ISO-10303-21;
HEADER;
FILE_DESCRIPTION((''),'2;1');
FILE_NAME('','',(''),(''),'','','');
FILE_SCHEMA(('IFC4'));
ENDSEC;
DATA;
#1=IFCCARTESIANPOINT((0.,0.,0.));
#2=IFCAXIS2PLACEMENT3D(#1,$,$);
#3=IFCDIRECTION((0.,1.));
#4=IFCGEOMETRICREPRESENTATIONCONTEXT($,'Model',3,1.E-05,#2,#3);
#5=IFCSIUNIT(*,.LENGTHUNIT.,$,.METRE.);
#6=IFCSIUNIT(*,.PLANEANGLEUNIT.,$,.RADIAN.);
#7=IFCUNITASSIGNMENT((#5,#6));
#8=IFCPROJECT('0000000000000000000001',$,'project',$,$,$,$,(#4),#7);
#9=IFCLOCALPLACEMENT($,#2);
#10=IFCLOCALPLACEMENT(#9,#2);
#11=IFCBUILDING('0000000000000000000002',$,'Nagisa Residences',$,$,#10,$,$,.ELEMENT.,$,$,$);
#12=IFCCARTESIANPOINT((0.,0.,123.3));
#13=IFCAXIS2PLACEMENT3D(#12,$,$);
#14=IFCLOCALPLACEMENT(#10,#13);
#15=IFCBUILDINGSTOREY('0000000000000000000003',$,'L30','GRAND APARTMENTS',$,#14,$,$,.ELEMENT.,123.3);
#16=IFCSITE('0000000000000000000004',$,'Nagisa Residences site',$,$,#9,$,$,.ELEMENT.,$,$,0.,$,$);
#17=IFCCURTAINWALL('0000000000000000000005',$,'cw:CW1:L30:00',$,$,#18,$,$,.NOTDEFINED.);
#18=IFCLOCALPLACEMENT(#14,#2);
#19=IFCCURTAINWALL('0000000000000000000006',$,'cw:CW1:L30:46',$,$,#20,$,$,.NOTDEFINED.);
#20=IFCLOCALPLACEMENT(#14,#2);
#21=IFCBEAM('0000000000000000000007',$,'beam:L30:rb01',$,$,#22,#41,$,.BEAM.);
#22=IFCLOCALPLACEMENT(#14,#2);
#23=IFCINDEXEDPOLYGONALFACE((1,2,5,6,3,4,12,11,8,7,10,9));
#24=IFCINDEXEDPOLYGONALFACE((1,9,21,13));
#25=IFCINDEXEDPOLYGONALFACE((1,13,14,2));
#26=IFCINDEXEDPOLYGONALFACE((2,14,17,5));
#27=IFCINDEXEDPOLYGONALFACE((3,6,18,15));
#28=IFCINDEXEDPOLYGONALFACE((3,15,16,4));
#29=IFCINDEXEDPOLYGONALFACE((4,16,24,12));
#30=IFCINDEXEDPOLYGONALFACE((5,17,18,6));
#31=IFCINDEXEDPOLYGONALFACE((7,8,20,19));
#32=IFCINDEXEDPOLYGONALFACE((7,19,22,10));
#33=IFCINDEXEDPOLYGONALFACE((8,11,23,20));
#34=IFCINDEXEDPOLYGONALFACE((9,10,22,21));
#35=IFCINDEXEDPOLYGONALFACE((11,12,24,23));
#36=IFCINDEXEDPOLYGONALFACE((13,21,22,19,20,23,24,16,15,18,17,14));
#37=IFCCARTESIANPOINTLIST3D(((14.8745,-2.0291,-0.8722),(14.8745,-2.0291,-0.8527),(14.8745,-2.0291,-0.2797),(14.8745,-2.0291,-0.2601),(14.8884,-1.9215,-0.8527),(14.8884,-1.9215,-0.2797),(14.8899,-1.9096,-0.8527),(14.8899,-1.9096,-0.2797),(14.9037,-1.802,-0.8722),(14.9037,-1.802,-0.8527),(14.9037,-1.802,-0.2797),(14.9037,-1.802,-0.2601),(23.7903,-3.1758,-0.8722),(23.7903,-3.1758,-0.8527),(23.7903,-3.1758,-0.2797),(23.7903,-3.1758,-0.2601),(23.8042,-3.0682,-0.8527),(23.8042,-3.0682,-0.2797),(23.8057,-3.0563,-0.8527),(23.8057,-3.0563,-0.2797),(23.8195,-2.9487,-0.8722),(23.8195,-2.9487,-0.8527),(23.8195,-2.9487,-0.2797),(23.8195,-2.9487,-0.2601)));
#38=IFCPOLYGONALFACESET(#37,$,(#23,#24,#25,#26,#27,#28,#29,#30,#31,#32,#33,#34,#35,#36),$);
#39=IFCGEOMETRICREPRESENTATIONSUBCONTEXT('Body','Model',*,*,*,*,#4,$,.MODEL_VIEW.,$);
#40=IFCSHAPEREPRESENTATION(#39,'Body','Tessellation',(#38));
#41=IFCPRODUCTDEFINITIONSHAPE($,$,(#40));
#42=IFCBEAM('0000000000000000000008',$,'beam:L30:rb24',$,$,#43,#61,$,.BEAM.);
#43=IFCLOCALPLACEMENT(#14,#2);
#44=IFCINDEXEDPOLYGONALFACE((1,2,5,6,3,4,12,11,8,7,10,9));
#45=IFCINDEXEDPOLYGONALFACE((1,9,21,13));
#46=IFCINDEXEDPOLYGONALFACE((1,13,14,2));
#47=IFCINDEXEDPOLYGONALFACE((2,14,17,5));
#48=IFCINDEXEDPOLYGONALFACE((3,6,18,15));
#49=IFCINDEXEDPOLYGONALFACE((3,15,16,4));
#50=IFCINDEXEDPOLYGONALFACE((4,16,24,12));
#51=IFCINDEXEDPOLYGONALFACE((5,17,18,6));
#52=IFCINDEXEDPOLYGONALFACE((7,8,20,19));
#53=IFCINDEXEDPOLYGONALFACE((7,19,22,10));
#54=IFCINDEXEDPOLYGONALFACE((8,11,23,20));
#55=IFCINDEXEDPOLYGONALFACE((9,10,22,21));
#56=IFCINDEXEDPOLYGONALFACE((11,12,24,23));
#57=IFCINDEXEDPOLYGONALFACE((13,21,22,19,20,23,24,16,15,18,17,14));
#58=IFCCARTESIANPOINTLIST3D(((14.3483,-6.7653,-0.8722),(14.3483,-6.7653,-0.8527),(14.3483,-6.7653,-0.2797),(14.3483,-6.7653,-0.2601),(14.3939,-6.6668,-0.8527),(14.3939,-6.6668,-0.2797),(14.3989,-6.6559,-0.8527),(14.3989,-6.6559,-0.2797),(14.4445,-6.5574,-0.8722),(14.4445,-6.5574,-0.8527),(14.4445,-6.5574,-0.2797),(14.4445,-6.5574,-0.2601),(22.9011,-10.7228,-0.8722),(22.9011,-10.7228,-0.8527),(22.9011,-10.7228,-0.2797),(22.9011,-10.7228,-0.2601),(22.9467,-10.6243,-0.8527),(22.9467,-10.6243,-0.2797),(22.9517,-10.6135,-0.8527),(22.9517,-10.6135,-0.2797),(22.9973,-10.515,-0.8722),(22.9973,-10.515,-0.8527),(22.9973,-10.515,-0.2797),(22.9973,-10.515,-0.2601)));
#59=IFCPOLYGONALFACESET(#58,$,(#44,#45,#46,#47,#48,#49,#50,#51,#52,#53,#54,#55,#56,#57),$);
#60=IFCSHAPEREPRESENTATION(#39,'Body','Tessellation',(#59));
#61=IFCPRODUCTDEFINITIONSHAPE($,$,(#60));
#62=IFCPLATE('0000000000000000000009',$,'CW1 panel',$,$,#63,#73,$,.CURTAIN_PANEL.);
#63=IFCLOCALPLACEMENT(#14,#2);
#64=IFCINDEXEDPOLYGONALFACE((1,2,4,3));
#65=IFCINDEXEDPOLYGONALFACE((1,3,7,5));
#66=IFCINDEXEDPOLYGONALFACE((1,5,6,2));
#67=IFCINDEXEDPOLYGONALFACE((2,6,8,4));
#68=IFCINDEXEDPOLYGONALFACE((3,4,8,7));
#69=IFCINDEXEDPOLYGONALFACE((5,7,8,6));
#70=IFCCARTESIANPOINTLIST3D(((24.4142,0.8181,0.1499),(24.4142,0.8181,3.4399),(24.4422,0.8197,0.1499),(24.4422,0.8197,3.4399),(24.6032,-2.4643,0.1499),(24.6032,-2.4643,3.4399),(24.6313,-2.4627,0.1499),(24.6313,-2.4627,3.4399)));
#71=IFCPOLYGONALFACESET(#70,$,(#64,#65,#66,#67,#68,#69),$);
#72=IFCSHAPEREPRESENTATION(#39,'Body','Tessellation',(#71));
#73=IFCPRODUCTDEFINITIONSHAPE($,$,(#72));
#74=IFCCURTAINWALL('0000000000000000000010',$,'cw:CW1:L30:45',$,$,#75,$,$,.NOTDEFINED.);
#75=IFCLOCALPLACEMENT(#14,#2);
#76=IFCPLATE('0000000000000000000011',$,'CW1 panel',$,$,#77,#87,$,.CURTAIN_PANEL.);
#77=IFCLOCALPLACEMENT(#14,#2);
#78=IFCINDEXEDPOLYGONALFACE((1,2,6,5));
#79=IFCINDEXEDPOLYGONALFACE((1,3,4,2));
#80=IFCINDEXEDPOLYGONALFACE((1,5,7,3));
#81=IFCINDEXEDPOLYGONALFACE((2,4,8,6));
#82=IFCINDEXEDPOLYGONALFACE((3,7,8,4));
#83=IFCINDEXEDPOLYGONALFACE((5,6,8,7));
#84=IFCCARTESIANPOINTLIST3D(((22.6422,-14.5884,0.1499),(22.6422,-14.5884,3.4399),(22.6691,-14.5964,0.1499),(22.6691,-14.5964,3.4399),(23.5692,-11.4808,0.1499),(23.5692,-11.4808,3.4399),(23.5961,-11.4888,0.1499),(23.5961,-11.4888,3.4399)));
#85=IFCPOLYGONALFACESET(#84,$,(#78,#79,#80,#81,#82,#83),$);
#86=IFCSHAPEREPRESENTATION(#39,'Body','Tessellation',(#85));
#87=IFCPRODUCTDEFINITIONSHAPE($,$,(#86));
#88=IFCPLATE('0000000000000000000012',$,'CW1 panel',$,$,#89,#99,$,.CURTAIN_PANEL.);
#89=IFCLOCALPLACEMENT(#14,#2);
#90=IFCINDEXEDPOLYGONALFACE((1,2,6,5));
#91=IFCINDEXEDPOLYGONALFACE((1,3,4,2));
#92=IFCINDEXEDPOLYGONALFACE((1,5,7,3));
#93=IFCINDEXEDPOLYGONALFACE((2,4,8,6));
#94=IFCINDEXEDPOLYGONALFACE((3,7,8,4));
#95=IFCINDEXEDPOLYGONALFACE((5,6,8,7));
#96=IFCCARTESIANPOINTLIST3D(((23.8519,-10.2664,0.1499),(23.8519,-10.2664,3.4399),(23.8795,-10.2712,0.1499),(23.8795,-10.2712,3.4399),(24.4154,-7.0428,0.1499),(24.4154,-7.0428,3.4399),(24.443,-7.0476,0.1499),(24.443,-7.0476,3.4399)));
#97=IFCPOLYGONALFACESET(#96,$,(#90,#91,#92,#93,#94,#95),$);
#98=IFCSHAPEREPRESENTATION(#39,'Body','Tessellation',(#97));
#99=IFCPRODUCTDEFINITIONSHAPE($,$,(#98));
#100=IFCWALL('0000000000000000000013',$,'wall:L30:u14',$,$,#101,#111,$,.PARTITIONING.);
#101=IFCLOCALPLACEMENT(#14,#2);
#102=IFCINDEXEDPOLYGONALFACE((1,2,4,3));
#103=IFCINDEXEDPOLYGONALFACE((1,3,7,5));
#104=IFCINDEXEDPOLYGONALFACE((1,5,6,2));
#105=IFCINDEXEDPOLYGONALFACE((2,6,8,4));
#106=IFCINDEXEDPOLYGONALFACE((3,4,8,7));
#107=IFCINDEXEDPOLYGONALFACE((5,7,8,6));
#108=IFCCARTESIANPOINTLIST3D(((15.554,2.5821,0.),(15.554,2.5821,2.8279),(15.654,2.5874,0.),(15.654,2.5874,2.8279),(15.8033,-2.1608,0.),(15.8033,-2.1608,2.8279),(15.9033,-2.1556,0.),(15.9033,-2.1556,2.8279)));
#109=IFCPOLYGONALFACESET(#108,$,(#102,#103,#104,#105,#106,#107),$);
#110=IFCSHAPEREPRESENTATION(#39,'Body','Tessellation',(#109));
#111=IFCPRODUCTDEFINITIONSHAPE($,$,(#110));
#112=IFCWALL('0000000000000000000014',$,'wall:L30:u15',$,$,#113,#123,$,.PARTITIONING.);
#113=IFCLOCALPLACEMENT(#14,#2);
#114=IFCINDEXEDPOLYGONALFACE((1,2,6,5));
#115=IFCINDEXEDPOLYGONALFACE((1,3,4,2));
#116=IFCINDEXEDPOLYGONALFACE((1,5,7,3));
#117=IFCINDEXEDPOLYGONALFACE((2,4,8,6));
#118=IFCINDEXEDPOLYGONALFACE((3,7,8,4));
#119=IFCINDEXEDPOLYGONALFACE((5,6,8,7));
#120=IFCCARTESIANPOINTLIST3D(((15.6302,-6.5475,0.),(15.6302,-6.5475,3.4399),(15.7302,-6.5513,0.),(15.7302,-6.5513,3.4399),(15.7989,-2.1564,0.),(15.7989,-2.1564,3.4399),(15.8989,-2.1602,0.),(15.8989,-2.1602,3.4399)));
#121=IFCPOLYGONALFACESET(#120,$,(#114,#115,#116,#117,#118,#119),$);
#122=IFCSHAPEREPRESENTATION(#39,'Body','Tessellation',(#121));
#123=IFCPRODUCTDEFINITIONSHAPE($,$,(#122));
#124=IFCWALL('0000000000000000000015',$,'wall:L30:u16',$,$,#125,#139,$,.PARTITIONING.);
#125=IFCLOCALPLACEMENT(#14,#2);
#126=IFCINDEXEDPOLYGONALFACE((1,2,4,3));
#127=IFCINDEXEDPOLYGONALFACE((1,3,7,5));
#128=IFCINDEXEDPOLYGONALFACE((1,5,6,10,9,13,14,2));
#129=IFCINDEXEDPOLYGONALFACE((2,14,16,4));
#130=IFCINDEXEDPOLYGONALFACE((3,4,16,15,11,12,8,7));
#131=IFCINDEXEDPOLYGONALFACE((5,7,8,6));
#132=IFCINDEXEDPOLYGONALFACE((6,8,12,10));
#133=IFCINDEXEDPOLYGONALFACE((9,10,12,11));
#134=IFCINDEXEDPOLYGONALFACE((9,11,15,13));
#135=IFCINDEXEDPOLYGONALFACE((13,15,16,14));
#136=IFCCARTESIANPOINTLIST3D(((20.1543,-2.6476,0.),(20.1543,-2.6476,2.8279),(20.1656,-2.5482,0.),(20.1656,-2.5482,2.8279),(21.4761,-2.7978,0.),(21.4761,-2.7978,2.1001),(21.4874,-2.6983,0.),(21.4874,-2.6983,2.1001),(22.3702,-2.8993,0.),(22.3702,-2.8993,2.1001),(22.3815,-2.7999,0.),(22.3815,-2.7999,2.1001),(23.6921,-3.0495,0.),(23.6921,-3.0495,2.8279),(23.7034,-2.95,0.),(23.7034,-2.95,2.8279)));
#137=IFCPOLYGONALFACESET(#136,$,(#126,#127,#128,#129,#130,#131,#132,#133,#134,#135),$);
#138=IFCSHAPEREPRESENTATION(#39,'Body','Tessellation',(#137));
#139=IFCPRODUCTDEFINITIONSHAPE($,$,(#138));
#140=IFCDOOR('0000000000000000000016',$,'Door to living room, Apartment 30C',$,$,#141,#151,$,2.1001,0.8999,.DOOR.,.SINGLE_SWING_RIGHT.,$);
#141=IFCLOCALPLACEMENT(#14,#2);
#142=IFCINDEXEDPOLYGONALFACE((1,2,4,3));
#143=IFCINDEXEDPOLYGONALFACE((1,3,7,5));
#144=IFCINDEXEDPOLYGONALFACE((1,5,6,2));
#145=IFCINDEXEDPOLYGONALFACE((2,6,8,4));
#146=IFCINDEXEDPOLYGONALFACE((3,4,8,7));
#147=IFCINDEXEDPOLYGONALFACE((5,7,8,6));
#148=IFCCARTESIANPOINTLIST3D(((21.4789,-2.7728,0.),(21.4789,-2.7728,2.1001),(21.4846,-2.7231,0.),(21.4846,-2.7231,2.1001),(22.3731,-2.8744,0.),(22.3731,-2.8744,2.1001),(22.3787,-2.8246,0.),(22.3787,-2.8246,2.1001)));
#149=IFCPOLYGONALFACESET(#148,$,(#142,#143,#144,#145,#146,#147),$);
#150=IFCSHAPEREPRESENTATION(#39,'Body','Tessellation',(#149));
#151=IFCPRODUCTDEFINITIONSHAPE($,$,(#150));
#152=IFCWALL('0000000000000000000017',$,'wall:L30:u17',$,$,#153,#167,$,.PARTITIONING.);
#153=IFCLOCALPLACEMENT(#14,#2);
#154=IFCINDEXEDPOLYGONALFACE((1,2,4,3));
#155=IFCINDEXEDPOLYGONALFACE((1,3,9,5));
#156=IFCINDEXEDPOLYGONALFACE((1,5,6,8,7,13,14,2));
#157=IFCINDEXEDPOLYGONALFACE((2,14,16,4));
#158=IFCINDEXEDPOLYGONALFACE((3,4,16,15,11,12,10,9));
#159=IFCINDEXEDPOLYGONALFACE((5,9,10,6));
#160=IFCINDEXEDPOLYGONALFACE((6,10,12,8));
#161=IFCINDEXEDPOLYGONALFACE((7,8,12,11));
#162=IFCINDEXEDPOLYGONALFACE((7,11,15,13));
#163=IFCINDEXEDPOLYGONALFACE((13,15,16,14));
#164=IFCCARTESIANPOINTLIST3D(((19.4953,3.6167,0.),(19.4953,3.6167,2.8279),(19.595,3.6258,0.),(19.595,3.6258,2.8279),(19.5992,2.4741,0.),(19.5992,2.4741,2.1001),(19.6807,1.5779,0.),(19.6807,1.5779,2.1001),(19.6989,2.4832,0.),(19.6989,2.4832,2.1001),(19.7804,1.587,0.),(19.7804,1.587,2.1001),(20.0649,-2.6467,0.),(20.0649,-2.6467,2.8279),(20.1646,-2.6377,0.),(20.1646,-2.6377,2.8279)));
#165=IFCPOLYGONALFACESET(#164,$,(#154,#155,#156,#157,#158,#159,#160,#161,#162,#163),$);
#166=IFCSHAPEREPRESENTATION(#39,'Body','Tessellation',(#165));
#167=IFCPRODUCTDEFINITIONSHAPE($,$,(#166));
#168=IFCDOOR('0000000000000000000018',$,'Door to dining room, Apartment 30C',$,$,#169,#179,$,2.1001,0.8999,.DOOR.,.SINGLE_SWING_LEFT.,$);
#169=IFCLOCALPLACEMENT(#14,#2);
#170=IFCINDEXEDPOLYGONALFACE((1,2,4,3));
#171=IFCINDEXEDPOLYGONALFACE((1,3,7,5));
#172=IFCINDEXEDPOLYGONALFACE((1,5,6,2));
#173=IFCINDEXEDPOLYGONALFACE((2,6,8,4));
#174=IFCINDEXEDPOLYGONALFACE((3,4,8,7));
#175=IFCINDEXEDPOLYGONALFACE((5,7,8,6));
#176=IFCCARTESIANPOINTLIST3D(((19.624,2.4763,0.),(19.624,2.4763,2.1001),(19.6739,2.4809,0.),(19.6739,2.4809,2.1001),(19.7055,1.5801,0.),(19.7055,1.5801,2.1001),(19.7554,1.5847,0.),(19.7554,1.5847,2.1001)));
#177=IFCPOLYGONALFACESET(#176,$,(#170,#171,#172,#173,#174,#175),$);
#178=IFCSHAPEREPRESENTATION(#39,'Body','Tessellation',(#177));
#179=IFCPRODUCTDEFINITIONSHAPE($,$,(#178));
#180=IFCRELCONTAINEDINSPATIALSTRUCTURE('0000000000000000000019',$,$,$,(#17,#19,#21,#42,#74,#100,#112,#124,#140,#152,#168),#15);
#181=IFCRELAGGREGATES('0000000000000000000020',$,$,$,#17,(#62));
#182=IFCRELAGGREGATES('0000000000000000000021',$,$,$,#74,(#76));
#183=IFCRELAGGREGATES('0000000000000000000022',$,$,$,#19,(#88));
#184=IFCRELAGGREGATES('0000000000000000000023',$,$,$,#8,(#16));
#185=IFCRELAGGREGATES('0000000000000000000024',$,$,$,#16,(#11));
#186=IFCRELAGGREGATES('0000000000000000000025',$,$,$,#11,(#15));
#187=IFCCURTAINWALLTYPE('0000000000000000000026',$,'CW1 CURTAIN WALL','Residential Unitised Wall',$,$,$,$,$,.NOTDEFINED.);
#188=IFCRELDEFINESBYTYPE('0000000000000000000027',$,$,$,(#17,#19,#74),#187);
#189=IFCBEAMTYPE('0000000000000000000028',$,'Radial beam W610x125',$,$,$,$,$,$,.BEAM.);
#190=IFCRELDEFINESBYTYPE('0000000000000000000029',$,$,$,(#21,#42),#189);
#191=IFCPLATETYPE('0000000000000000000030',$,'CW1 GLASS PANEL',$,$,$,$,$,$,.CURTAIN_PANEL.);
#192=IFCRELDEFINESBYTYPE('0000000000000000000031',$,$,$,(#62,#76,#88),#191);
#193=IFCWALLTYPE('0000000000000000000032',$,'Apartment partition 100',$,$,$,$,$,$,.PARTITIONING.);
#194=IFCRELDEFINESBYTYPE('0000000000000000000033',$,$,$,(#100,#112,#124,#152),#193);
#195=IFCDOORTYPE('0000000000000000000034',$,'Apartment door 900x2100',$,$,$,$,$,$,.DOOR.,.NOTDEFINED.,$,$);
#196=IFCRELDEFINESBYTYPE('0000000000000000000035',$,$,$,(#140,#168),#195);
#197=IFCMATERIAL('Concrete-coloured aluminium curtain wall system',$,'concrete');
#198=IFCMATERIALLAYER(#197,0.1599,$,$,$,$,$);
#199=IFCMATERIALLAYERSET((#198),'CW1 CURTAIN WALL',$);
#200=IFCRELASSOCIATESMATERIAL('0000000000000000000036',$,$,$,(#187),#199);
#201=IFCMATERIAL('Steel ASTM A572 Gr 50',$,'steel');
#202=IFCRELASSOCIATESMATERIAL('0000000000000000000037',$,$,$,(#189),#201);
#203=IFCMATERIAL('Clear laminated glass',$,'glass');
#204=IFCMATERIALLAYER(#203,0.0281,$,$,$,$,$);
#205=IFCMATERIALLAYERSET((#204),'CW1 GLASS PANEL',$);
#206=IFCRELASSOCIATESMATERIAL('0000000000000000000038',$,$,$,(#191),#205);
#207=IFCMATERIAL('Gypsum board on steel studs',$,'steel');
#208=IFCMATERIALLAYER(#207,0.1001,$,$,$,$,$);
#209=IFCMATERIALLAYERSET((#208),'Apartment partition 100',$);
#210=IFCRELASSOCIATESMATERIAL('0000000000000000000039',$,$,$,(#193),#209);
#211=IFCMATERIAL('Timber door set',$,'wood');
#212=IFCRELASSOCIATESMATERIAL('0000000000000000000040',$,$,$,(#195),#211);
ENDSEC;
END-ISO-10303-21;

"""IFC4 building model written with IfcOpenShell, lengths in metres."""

from ifc_helpers import new_model, si_unit, direction, frame, frame_2d, origin, origin_2d, place, context, subcontext, project, spatial, rectangle, i_section, extrude, material, layer, layer_set, material_profile, profile_set, type_object, element, fill, aggregate, save


model = new_model("IFC4")

# Units and contexts
model_context = context("Model", 3, precision=1e-05, world=origin(), true_north=direction((0.0, 1.0)))
body_context = subcontext(model_context, "Body", "Model", "MODEL_VIEW")
ifc_project = project(units=[si_unit("LENGTHUNIT", "METRE"), si_unit("PLANEANGLEUNIT", "RADIAN")], contexts=[model_context])

# Site, building, storey
site_placement = place(None, origin())
site = spatial("IfcSite", under=ifc_project, at=site_placement, Name="Nagisa Residences site", CompositionType="ELEMENT", RefElevation=0.0)
building_placement = place(site_placement, origin())
building = spatial("IfcBuilding", under=site, at=building_placement, Name="Nagisa Residences", CompositionType="ELEMENT")
storey_placement = place(building_placement, frame((0.0, 0.0, 123.3)))
storey = spatial("IfcBuildingStorey", under=building, at=storey_placement, Name="L30", Description="GRAND APARTMENTS", CompositionType="ELEMENT", Elevation=123.3)

# Curtain walls
ifc_material_1 = material(Name="Concrete-coloured aluminium curtain wall system", Category="concrete")
ifc_layer_1 = layer(ifc_material_1, 0.1599)
ifc_layer_set_1 = layer_set([ifc_layer_1], Name="CW1 CURTAIN WALL")
curtain_wall_type = type_object("IfcCurtainWallType", Name="CW1 CURTAIN WALL", Description="Residential Unitised Wall", PredefinedType="NOTDEFINED", material=ifc_layer_set_1)
curtain_wall_1_placement = place(storey_placement, origin())
curtain_wall_1 = element("IfcCurtainWall", 1, at=curtain_wall_1_placement, inside=storey, type_object=curtain_wall_type, Name="cw:CW1:L30:00", PredefinedType="NOTDEFINED")
curtain_wall_2_placement = place(storey_placement, origin())
curtain_wall_2 = element("IfcCurtainWall", 2, at=curtain_wall_2_placement, inside=storey, type_object=curtain_wall_type, Name="cw:CW1:L30:46", PredefinedType="NOTDEFINED")

# Beams
ifc_material_2 = material(Name="Steel ASTM A572 Gr 50", Category="steel")
ifc_material_profile_1 = material_profile(ifc_material_2, i_section(OverallWidth=0.229, OverallDepth=0.6121, WebThickness=0.012, FlangeThickness=0.0195, at=origin_2d()), Name="W610x125")
ifc_profile_set_1 = profile_set([ifc_material_profile_1], Name="Steel ASTM A572 Gr 50")
beam_type_1 = type_object("IfcBeamType", Name="Radial beam W610x125", PredefinedType="BEAM", material=ifc_profile_set_1)
beam_1_placement = place(storey_placement, frame((23.8049, -3.0623, -0.5662), z_axis=(-0.99183, 0.127567, 0.0), x_axis=(-0.127567, -0.99183, 0.0)))
element("IfcBeam", 3, at=beam_1_placement, inside=storey, type_object=beam_type_1, Name="beam:L30:rb01", PredefinedType="BEAM", context=body_context, shape_type="SweptSolid", body=[
    extrude(i_section(OverallWidth=0.229, OverallDepth=0.6121, WebThickness=0.012, FlangeThickness=0.0195, at=origin_2d()), origin(), (0.0, 0.0, 1.0), 8.9893),
])
beam_2_placement = place(storey_placement, frame((22.9492, -10.6189, -0.5662), z_axis=(-0.907551, 0.419942, 0.0), x_axis=(-0.419942, -0.907551, 0.0)))
element("IfcBeam", 4, at=beam_2_placement, inside=storey, type_object=beam_type_1, Name="beam:L30:rb24", PredefinedType="BEAM", context=body_context, shape_type="SweptSolid", body=[
    extrude(i_section(OverallWidth=0.229, OverallDepth=0.6121, WebThickness=0.012, FlangeThickness=0.0195, at=origin_2d()), origin(), (0.0, 0.0, 1.0), 9.4241),
])

# Plate
ifc_material_3 = material(Name="Clear laminated glass", Category="glass")
ifc_layer_2 = layer(ifc_material_3, 0.0281)
ifc_layer_set_2 = layer_set([ifc_layer_2], Name="CW1 GLASS PANEL")
plate_type = type_object("IfcPlateType", Name="CW1 GLASS PANEL", PredefinedType="CURTAIN_PANEL", material=ifc_layer_set_2)
plate_1_placement = place(storey_placement, frame((24.5227, -0.8223, 0.1499), z_axis=(0.0, 0.0, 1.0), x_axis=(-0.057503, 0.998345, 0.0)))
plate_1 = element("IfcPlate", 5, at=plate_1_placement, type_object=plate_type, Name="CW1 panel", PredefinedType="CURTAIN_PANEL", context=body_context, shape_type="SweptSolid", body=[
    extrude(rectangle(XDim=3.2878, YDim=0.0281, at=origin_2d()), origin(), (0.0, 0.0, 1.0), 3.29),
])
aggregate(curtain_wall_1, [plate_1])

# Curtain wall, plate
curtain_wall_3_placement = place(storey_placement, origin())
curtain_wall_3 = element("IfcCurtainWall", 6, at=curtain_wall_3_placement, inside=storey, type_object=curtain_wall_type, Name="cw:CW1:L30:45", PredefinedType="NOTDEFINED")
plate_2_placement = place(storey_placement, frame((23.1191, -13.0386, 0.1499), z_axis=(0.0, 0.0, 1.0), x_axis=(0.28586, 0.958271, 0.0)))
plate_2 = element("IfcPlate", 7, at=plate_2_placement, type_object=plate_type, Name="CW1 panel", PredefinedType="CURTAIN_PANEL", context=body_context, shape_type="SweptSolid", body=[
    extrude(rectangle(XDim=3.2429, YDim=0.0281, at=origin_2d()), origin(), (0.0, 0.0, 1.0), 3.29),
])
aggregate(curtain_wall_3, [plate_2])

# Plate
plate_3_placement = place(storey_placement, frame((24.1475, -8.657, 0.1499), z_axis=(0.0, 0.0, 1.0), x_axis=(0.172191, 0.985064, 0.0)))
plate_3 = element("IfcPlate", 8, at=plate_3_placement, type_object=plate_type, Name="CW1 panel", PredefinedType="CURTAIN_PANEL", context=body_context, shape_type="SweptSolid", body=[
    extrude(rectangle(XDim=3.2725, YDim=0.0281, at=origin_2d()), origin(), (0.0, 0.0, 1.0), 3.29),
])
aggregate(curtain_wall_2, [plate_3])

# Walls
ifc_material_4 = material(Name="Gypsum board on steel studs", Category="steel")
ifc_layer_3 = layer(ifc_material_4, 0.1001)
ifc_layer_set_3 = layer_set([ifc_layer_3], Name="Apartment partition 100")
wall_type_1 = type_object("IfcWallType", Name="Apartment partition 100", PredefinedType="PARTITIONING", material=ifc_layer_set_3)
wall_1_placement = place(storey_placement, frame((15.8533, -2.1582, 0.0), z_axis=(0.0, 0.0, 1.0), x_axis=(-0.052483, 0.998622, 0.0)))
element("IfcWall", 9, at=wall_1_placement, inside=storey, type_object=wall_type_1, Name="wall:L30:u14", PredefinedType="PARTITIONING", context=body_context, shape_type="SweptSolid", body=[
    extrude(rectangle(XDim=4.7495, YDim=0.1001, at=frame_2d((2.3748, 0.0))), origin(), (0.0, 0.0, 1.0), 2.8279),
])
wall_2_placement = place(storey_placement, frame((15.8489, -2.1582, 0.0), z_axis=(0.0, 0.0, 1.0), x_axis=(-0.03839, -0.999263, 0.0)))
element("IfcWall", 10, at=wall_2_placement, inside=storey, type_object=wall_type_1, Name="wall:L30:u15", PredefinedType="PARTITIONING", context=body_context, shape_type="SweptSolid", body=[
    extrude(rectangle(XDim=4.3943, YDim=0.1001, at=frame_2d((2.1973, 0.0))), origin(), (0.0, 0.0, 1.0), 3.4399),
])

# Walls, openings, doors
wall_3_placement = place(storey_placement, frame((20.1599, -2.5979, 0.0), z_axis=(0.0, 0.0, 1.0), x_axis=(0.993611, -0.112862, 0.0)))
wall_3 = element("IfcWall", 11, at=wall_3_placement, inside=storey, type_object=wall_type_1, Name="wall:L30:u16", PredefinedType="PARTITIONING", context=body_context, shape_type="SweptSolid", body=[
    extrude(rectangle(XDim=3.5605, YDim=0.1001, at=frame_2d((1.7803, 0.0))), origin(), (0.0, 0.0, 1.0), 2.8279),
])
opening_1_placement = place(wall_3_placement, frame((1.3303, 0.0, 0.0)))
opening_1 = element("IfcOpeningElement", 12, at=opening_1_placement, cuts=wall_3, PredefinedType="OPENING", context=body_context, shape_type="SweptSolid", body=[
    extrude(rectangle(XDim=0.8999, YDim=2.1001, at=frame_2d((0.45, 1.05))), frame((0.0, 0.0601, 0.0), z_axis=(0.0, -1.0, 0.0), x_axis=(1.0, 0.0, 0.0)), (0.0, 0.0, 1.0), 0.1201),
])
ifc_material_5 = material(Name="Timber door set", Category="wood")
door_type_1 = type_object("IfcDoorType", Name="Apartment door 900x2100", OperationType="NOTDEFINED", PredefinedType="DOOR", material=ifc_material_5)
door_1_placement = place(opening_1_placement, frame((0.8999, 0.0, 0.0), x_axis=(-1.0, 0.0, 0.0)))
door_1 = element("IfcDoor", 13, at=door_1_placement, inside=storey, type_object=door_type_1, Name="Door to living room, Apartment 30C", OperationType="SINGLE_SWING_RIGHT", OverallHeight=2.1001, OverallWidth=0.8999, PredefinedType="DOOR", context=body_context, shape_type="SweptSolid", body=[
    extrude(rectangle(XDim=0.8999, YDim=2.1001, at=frame_2d((0.45, 1.05))), frame((0.0, 0.0249, 0.0), z_axis=(0.0, -1.0, 0.0), x_axis=(1.0, 0.0, 0.0)), (0.0, 0.0, 1.0), 0.05),
])
fill(opening_1, door_1)
wall_4_placement = place(storey_placement, frame((20.1147, -2.6421, 0.0), z_axis=(0.0, 0.0, 1.0), x_axis=(-0.090564, 0.995891, 0.0)))
wall_4 = element("IfcWall", 14, at=wall_4_placement, inside=storey, type_object=wall_type_1, Name="wall:L30:u17", PredefinedType="PARTITIONING", context=body_context, shape_type="SweptSolid", body=[
    extrude(rectangle(XDim=6.2893, YDim=0.1001, at=frame_2d((3.1445, 0.0))), origin(), (0.0, 0.0, 1.0), 2.8279),
])
opening_2_placement = place(wall_4_placement, frame((4.2419, 0.0, 0.0)))
opening_2 = element("IfcOpeningElement", 15, at=opening_2_placement, cuts=wall_4, PredefinedType="OPENING", context=body_context, shape_type="SweptSolid", body=[
    extrude(rectangle(XDim=0.8999, YDim=2.1001, at=frame_2d((0.45, 1.05))), frame((0.0, 0.0601, 0.0), z_axis=(0.0, -1.0, 0.0), x_axis=(1.0, 0.0, 0.0)), (0.0, 0.0, 1.0), 0.1201),
])
door_2_placement = place(opening_2_placement, frame((0.8999, 0.0, 0.0), x_axis=(-1.0, 0.0, 0.0)))
door_2 = element("IfcDoor", 16, at=door_2_placement, inside=storey, type_object=door_type_1, Name="Door to dining room, Apartment 30C", OperationType="SINGLE_SWING_LEFT", OverallHeight=2.1001, OverallWidth=0.8999, PredefinedType="DOOR", context=body_context, shape_type="SweptSolid", body=[
    extrude(rectangle(XDim=0.8999, YDim=2.1001, at=frame_2d((0.45, 1.05))), frame((0.0, 0.0249, 0.0), z_axis=(0.0, -1.0, 0.0), x_axis=(1.0, 0.0, 0.0)), (0.0, 0.0, 1.0), 0.05),
])
fill(opening_2, door_2)

save(model, "model.ifc")
